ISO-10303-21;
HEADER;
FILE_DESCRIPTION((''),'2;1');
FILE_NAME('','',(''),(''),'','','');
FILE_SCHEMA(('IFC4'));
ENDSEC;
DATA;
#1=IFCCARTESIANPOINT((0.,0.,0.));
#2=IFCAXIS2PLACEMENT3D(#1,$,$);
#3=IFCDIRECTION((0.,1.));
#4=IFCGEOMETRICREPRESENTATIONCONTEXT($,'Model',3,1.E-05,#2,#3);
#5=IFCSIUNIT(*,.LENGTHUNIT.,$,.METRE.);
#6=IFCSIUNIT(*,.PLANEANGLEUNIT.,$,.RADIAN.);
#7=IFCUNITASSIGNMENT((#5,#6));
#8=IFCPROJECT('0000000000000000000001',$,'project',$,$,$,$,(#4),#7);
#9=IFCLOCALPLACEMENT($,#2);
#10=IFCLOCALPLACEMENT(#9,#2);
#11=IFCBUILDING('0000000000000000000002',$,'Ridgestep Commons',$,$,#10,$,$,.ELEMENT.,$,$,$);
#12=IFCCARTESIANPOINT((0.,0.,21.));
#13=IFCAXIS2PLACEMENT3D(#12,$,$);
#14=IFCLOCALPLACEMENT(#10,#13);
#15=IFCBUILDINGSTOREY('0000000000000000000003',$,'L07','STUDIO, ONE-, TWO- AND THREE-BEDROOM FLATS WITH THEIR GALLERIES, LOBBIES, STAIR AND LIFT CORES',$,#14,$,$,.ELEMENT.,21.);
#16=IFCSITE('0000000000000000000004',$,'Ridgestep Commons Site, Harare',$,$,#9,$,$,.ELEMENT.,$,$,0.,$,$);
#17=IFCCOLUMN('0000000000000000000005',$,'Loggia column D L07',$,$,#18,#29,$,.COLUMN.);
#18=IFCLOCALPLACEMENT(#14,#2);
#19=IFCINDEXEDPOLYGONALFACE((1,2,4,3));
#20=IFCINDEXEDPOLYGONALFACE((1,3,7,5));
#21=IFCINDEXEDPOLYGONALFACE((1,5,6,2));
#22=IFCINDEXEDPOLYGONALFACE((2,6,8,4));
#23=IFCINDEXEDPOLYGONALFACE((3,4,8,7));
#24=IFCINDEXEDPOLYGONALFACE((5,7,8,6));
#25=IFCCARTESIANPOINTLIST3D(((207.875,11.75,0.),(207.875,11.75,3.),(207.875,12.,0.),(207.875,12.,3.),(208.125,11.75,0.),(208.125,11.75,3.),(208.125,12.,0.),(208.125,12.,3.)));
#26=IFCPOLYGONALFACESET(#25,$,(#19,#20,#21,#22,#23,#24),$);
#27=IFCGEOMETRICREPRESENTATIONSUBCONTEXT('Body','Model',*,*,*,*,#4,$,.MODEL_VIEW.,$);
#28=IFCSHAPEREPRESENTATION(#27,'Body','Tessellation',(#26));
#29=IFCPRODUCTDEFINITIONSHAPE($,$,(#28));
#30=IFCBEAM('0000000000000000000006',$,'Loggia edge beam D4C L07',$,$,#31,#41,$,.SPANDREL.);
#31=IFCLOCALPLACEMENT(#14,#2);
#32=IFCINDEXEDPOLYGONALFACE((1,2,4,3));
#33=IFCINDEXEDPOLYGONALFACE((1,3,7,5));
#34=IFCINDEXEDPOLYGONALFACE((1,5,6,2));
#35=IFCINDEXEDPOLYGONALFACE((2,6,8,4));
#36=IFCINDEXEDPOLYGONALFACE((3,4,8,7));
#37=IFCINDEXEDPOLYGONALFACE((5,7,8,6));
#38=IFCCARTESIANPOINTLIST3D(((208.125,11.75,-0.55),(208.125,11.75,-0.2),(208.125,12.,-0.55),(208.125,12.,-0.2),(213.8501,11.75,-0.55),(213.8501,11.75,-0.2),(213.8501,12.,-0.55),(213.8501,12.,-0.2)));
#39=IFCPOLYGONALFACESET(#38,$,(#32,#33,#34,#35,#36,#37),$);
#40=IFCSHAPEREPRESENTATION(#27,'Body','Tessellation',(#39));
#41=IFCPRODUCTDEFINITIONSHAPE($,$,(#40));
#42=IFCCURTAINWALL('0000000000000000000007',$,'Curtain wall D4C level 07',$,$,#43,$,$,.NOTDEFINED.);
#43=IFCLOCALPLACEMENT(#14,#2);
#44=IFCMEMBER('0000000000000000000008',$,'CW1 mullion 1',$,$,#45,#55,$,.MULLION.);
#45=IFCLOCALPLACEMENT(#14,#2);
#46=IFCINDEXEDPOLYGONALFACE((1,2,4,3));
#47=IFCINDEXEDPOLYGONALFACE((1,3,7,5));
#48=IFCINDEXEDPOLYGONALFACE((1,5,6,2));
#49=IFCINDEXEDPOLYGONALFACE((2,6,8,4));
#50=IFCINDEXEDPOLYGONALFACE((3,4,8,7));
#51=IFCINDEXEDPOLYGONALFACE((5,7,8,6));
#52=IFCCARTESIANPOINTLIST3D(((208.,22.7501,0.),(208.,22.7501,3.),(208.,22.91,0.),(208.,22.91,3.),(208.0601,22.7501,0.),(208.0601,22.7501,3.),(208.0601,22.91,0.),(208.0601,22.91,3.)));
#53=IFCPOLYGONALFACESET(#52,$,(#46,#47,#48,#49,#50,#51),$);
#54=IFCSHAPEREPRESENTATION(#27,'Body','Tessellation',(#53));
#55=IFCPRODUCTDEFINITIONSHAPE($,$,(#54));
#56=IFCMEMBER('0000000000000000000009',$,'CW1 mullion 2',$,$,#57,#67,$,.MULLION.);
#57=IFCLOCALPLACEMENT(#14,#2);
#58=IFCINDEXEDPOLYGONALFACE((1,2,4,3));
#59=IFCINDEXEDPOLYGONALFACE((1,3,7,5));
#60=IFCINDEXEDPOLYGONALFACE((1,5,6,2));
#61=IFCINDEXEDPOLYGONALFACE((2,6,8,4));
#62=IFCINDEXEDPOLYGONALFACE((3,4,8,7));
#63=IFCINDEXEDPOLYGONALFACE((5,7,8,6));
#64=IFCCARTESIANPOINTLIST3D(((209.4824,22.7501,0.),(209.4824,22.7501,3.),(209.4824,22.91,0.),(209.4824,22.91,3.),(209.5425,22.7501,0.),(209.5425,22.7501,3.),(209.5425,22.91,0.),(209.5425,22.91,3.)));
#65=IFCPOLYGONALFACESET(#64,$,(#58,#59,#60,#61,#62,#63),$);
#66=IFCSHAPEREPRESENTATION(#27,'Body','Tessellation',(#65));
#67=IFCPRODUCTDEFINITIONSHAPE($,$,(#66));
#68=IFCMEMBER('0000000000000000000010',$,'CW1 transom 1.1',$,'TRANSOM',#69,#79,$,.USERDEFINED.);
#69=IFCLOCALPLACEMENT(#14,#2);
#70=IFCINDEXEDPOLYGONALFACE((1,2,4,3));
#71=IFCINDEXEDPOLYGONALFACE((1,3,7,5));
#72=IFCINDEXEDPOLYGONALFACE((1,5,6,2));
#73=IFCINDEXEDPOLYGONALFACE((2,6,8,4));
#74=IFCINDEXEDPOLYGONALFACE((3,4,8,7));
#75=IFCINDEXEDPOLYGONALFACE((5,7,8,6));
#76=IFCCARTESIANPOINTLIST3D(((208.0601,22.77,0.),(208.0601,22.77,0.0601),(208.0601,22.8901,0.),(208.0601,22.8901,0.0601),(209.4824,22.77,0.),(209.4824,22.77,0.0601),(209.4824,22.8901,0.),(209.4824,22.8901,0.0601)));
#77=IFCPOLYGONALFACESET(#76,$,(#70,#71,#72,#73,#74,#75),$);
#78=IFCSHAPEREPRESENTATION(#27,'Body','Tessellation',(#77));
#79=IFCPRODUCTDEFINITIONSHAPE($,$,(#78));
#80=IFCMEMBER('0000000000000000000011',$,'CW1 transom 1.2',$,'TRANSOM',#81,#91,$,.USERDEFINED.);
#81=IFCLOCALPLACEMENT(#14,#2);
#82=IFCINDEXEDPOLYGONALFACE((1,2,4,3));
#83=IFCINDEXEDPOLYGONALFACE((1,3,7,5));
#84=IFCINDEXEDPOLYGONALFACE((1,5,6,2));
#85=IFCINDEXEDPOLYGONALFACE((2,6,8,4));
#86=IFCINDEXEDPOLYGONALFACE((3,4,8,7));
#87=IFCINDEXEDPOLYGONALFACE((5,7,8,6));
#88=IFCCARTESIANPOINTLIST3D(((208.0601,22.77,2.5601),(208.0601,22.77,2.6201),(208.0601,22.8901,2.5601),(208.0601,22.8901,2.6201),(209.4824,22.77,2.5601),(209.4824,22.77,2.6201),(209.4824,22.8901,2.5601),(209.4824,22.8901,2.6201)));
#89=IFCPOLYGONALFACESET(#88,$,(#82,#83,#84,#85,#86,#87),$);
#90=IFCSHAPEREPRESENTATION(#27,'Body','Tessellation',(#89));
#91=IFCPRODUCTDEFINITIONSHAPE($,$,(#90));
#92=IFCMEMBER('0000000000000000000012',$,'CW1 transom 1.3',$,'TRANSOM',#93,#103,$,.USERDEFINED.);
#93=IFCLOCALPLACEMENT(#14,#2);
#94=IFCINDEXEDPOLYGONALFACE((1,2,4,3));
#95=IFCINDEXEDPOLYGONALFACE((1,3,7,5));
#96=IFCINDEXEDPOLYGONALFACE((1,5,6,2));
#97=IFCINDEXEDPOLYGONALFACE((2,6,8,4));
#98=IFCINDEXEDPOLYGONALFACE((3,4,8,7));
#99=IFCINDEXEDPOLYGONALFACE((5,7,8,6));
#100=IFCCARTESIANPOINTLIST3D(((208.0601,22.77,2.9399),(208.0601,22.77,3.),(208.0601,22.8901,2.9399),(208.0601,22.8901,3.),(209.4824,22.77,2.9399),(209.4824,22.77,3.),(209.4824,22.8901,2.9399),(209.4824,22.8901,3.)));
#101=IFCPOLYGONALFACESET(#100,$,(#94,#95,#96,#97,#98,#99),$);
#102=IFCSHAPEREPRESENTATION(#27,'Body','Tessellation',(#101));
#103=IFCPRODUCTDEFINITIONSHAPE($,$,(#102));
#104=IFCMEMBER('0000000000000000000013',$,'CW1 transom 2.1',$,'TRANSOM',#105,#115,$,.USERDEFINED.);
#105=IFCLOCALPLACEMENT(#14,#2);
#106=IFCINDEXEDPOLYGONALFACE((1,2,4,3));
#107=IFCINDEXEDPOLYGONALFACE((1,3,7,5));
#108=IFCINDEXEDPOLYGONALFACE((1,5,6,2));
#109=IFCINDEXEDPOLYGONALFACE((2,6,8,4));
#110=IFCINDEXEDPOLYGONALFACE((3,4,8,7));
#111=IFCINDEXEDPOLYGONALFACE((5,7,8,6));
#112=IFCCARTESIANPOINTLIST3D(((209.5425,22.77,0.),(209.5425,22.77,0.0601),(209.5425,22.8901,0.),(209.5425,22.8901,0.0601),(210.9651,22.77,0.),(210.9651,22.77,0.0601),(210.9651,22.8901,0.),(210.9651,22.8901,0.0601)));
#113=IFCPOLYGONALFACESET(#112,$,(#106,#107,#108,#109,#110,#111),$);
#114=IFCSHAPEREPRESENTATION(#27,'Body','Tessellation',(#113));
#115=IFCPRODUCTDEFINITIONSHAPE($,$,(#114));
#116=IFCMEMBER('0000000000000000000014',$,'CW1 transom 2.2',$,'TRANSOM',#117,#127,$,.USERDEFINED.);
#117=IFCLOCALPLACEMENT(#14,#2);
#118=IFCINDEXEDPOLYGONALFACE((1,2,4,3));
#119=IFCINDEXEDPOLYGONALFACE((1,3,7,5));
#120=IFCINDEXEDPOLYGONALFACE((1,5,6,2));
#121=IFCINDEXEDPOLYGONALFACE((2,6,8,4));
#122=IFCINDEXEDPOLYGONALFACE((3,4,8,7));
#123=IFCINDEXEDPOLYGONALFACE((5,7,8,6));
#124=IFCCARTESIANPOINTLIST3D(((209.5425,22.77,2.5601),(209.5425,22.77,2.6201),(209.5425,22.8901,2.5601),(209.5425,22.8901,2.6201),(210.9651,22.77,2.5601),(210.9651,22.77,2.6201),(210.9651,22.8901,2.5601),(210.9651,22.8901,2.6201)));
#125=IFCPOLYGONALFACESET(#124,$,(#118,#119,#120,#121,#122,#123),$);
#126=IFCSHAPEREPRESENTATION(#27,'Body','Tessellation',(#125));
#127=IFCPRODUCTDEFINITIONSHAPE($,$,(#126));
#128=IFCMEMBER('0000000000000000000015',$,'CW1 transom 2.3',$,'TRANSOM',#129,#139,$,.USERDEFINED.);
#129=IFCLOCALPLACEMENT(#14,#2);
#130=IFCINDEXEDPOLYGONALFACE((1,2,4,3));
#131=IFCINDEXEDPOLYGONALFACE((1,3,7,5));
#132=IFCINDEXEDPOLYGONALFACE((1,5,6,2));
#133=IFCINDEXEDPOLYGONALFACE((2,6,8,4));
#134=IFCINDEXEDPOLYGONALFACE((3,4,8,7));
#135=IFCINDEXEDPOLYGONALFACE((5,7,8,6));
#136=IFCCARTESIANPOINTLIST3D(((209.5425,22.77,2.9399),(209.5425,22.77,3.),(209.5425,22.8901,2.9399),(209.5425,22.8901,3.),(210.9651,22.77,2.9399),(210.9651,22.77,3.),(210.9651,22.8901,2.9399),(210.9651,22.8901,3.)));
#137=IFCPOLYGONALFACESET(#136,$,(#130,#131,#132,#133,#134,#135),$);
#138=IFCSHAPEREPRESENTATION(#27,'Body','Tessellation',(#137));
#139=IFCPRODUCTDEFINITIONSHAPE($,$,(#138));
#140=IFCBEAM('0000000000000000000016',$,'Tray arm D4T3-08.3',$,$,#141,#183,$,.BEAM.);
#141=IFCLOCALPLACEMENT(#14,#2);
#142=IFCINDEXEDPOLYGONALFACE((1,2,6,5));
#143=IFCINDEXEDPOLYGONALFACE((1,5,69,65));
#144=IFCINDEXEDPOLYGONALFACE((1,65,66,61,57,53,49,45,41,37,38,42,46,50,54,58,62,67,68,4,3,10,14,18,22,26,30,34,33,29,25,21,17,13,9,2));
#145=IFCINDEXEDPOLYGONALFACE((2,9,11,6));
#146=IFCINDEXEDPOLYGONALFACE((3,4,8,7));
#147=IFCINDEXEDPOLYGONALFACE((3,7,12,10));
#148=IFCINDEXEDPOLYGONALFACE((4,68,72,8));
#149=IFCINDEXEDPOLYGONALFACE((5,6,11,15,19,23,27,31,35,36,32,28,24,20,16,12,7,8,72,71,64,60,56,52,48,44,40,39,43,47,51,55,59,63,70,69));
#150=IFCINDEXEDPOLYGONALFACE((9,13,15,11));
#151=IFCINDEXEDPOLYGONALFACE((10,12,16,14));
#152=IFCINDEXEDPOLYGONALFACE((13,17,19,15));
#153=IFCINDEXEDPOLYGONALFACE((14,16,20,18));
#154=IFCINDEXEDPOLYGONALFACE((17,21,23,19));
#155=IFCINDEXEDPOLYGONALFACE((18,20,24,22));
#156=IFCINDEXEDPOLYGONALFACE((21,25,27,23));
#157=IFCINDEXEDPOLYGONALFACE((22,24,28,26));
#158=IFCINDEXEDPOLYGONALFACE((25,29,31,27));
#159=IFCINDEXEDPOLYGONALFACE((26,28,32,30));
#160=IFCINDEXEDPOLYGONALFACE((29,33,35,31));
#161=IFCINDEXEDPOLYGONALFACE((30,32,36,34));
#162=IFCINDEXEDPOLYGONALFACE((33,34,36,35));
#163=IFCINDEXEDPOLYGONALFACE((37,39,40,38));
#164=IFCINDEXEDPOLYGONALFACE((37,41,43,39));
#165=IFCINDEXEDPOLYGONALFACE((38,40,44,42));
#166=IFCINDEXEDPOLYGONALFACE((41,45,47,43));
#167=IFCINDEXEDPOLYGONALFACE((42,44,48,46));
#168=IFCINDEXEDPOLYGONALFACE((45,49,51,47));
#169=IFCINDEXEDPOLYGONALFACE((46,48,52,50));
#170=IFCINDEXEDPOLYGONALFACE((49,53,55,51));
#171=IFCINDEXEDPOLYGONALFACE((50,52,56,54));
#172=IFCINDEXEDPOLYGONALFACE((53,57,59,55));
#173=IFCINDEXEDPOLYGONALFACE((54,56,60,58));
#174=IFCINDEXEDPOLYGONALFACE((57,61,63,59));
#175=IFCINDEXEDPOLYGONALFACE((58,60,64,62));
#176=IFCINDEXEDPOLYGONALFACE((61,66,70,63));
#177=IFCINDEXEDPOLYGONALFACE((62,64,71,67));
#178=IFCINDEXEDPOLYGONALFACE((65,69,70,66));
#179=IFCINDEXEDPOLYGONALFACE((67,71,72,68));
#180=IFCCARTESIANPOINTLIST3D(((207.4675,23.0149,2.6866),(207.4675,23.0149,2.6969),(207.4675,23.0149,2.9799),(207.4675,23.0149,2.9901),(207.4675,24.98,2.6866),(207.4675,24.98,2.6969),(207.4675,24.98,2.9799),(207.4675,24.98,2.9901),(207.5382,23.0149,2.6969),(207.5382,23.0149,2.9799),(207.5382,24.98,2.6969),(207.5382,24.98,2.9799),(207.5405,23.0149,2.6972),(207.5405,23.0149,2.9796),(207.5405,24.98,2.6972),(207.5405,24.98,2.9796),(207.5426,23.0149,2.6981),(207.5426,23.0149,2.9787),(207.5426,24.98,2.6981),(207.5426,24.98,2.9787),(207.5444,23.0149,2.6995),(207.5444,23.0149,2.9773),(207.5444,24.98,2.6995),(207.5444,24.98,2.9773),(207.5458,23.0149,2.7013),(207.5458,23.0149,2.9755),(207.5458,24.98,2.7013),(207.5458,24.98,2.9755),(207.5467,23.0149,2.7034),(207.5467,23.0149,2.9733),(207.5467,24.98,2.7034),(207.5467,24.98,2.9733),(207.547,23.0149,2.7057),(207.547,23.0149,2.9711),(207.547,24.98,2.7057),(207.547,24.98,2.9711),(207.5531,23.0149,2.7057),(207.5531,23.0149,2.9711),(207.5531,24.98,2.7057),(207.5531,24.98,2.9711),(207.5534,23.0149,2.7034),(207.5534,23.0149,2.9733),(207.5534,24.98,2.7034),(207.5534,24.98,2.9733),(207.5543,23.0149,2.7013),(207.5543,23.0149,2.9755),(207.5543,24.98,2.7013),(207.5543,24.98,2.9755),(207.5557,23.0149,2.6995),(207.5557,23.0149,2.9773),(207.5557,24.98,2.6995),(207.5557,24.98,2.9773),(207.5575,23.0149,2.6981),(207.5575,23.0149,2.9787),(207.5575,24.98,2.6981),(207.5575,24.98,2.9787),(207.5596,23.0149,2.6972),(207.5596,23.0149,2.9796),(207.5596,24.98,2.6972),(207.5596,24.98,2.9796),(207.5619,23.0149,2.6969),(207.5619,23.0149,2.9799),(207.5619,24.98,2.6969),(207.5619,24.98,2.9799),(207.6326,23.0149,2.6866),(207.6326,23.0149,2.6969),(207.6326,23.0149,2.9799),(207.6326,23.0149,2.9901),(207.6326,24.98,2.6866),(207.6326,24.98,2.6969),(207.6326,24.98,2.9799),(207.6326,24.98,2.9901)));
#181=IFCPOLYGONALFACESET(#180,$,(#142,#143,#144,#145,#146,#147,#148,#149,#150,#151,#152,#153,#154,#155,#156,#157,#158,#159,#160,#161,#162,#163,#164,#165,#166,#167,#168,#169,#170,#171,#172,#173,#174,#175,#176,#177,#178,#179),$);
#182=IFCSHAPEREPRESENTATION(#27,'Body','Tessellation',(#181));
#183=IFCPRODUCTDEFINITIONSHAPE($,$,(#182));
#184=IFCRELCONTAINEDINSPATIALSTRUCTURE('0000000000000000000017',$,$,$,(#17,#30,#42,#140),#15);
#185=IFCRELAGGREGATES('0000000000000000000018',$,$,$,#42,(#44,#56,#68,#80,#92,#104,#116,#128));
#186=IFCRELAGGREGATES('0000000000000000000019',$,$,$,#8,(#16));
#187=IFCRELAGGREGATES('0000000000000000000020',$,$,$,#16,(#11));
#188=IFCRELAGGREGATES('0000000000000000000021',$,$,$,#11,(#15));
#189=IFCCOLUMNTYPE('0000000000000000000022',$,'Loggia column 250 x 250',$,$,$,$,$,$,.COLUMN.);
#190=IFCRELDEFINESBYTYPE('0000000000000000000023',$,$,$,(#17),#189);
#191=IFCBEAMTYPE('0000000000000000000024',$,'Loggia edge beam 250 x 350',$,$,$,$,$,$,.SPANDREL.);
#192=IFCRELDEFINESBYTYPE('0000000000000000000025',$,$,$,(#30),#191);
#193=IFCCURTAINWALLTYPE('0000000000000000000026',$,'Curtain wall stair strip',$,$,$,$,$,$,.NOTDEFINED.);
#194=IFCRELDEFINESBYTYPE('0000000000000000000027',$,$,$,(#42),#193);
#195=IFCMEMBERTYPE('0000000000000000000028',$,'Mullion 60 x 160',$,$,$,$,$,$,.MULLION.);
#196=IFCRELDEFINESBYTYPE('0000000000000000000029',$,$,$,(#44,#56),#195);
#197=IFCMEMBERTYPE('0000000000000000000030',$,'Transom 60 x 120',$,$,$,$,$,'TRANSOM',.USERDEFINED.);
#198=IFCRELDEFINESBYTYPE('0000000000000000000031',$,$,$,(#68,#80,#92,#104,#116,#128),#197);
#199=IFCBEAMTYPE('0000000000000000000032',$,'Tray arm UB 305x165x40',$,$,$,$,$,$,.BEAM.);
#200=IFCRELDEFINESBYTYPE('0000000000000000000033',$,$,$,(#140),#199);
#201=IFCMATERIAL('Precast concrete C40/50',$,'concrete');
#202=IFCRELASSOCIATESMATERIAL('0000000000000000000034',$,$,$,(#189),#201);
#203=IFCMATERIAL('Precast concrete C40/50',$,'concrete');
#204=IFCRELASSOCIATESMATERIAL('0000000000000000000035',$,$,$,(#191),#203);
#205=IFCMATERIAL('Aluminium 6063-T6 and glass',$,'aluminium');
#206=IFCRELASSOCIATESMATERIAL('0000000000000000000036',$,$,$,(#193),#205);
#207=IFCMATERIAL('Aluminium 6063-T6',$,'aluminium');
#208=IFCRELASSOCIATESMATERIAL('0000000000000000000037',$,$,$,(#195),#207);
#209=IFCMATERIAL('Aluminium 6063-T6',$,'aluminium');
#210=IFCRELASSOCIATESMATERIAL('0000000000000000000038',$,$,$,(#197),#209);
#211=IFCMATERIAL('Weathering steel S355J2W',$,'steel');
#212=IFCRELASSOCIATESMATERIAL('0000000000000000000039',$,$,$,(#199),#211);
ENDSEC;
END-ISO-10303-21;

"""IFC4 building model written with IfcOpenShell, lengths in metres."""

from ifc_helpers import new_model, si_unit, direction, frame, origin, origin_2d, place, context, subcontext, project, spatial, rectangle, i_section, extrude, material, material_profile, profile_set, type_object, element, aggregate, save


model = new_model("IFC4")

# Units and contexts
model_context = context("Model", 3, precision=1e-05, world=origin(), true_north=direction((0.0, 1.0)))
body_context = subcontext(model_context, "Body", "Model", "MODEL_VIEW")
ifc_project = project(units=[si_unit("LENGTHUNIT", "METRE"), si_unit("PLANEANGLEUNIT", "RADIAN")], contexts=[model_context])

# Site, building, storey
site_placement = place(None, origin())
site = spatial("IfcSite", under=ifc_project, at=site_placement, Name="Ridgestep Commons Site, Harare", CompositionType="ELEMENT", RefElevation=0.0)
building_placement = place(site_placement, origin())
building = spatial("IfcBuilding", under=site, at=building_placement, Name="Ridgestep Commons", CompositionType="ELEMENT")
storey_placement = place(building_placement, frame((0.0, 0.0, 21.0)))
storey = spatial("IfcBuildingStorey", under=building, at=storey_placement, Name="L07", Description="STUDIO, ONE-, TWO- AND THREE-BEDROOM FLATS WITH THEIR GALLERIES, LOBBIES, STAIR AND LIFT CORES", CompositionType="ELEMENT", Elevation=21.0)

# Column
ifc_material_1 = material(Name="Precast concrete C40/50", Category="concrete")
ifc_material_profile_1 = material_profile(ifc_material_1, rectangle(XDim=0.25, YDim=0.25, at=origin_2d()), Name="PC 250x250")
ifc_profile_set_1 = profile_set([ifc_material_profile_1], Name="Precast concrete C40/50")
column_type = type_object("IfcColumnType", Name="Loggia column 250 x 250", PredefinedType="COLUMN", material=ifc_profile_set_1)
column_placement = place(storey_placement, frame((208.0, 11.875, 0.0), z_axis=(0.0, 0.0, 1.0), x_axis=(1.0, 0.0, 0.0)))
element("IfcColumn", 1, at=column_placement, inside=storey, type_object=column_type, Name="Loggia column D L07", PredefinedType="COLUMN", context=body_context, shape_type="SweptSolid", body=[
    extrude(rectangle(XDim=0.25, YDim=0.25, at=origin_2d()), origin(), (0.0, 0.0, 1.0), 3.0),
])

# Beam
ifc_material_2 = material(Name="Precast concrete C40/50", Category="concrete")
ifc_material_profile_2 = material_profile(ifc_material_2, rectangle(XDim=0.25, YDim=0.3501, at=origin_2d()), Name="PC 250x350")
ifc_profile_set_2 = profile_set([ifc_material_profile_2], Name="Precast concrete C40/50")
beam_type_1 = type_object("IfcBeamType", Name="Loggia edge beam 250 x 350", PredefinedType="SPANDREL", material=ifc_profile_set_2)
beam_1_placement = place(storey_placement, frame((208.125, 11.875, -0.375), z_axis=(1.0, 0.0, 0.0), x_axis=(0.0, 1.0, 0.0)))
element("IfcBeam", 2, at=beam_1_placement, inside=storey, type_object=beam_type_1, Name="Loggia edge beam D4C L07", PredefinedType="SPANDREL", context=body_context, shape_type="SweptSolid", body=[
    extrude(rectangle(XDim=0.25, YDim=0.3501, at=origin_2d()), origin(), (0.0, 0.0, 1.0), 5.7251),
])

# Curtain wall, members
ifc_material_3 = material(Name="Aluminium 6063-T6 and glass", Category="aluminium")
curtain_wall_type = type_object("IfcCurtainWallType", Name="Curtain wall stair strip", PredefinedType="NOTDEFINED", material=ifc_material_3)
curtain_wall_placement = place(storey_placement, origin())
curtain_wall = element("IfcCurtainWall", 3, at=curtain_wall_placement, inside=storey, type_object=curtain_wall_type, Name="Curtain wall D4C level 07", PredefinedType="NOTDEFINED")
ifc_material_4 = material(Name="Aluminium 6063-T6", Category="aluminium")
ifc_material_profile_3 = material_profile(ifc_material_4, rectangle(XDim=0.1599, YDim=0.0601, at=origin_2d()), Name="Mullion 60 x 160")
ifc_profile_set_3 = profile_set([ifc_material_profile_3], Name="Aluminium 6063-T6")
member_type_1 = type_object("IfcMemberType", Name="Mullion 60 x 160", PredefinedType="MULLION", material=ifc_profile_set_3)
member_1_placement = place(storey_placement, frame((208.03, 22.8301, 0.0), z_axis=(0.0, 0.0, 1.0), x_axis=(0.0, 1.0, 0.0)))
member_1 = element("IfcMember", 4, at=member_1_placement, type_object=member_type_1, Name="CW1 mullion 1", PredefinedType="MULLION", context=body_context, shape_type="SweptSolid", body=[
    extrude(rectangle(XDim=0.1599, YDim=0.0601, at=origin_2d()), origin(), (0.0, 0.0, 1.0), 3.0),
])
member_2_placement = place(storey_placement, frame((209.5125, 22.8301, 0.0), z_axis=(0.0, 0.0, 1.0), x_axis=(0.0, 1.0, 0.0)))
member_2 = element("IfcMember", 5, at=member_2_placement, type_object=member_type_1, Name="CW1 mullion 2", PredefinedType="MULLION", context=body_context, shape_type="SweptSolid", body=[
    extrude(rectangle(XDim=0.1599, YDim=0.0601, at=origin_2d()), origin(), (0.0, 0.0, 1.0), 3.0),
])
ifc_material_5 = material(Name="Aluminium 6063-T6", Category="aluminium")
ifc_material_profile_4 = material_profile(ifc_material_5, rectangle(XDim=0.1201, YDim=0.0601, at=origin_2d()), Name="Transom 60 x 120")
ifc_profile_set_4 = profile_set([ifc_material_profile_4], Name="Aluminium 6063-T6")
member_type_2 = type_object("IfcMemberType", Name="Transom 60 x 120", ElementType="TRANSOM", PredefinedType="USERDEFINED", material=ifc_profile_set_4)
member_3_placement = place(storey_placement, frame((208.0601, 22.8301, 0.03), z_axis=(1.0, 0.0, 0.0), x_axis=(0.0, 1.0, 0.0)))
member_3 = element("IfcMember", 6, at=member_3_placement, type_object=member_type_2, Name="CW1 transom 1.1", ObjectType="TRANSOM", PredefinedType="USERDEFINED", context=body_context, shape_type="SweptSolid", body=[
    extrude(rectangle(XDim=0.1201, YDim=0.0601, at=origin_2d()), origin(), (0.0, 0.0, 1.0), 1.4224),
])
member_4_placement = place(storey_placement, frame((208.0601, 22.8301, 2.5901), z_axis=(1.0, 0.0, 0.0), x_axis=(0.0, 1.0, 0.0)))
member_4 = element("IfcMember", 7, at=member_4_placement, type_object=member_type_2, Name="CW1 transom 1.2", ObjectType="TRANSOM", PredefinedType="USERDEFINED", context=body_context, shape_type="SweptSolid", body=[
    extrude(rectangle(XDim=0.1201, YDim=0.0601, at=origin_2d()), origin(), (0.0, 0.0, 1.0), 1.4224),
])
member_5_placement = place(storey_placement, frame((208.0601, 22.8301, 2.97), z_axis=(1.0, 0.0, 0.0), x_axis=(0.0, 1.0, 0.0)))
member_5 = element("IfcMember", 8, at=member_5_placement, type_object=member_type_2, Name="CW1 transom 1.3", ObjectType="TRANSOM", PredefinedType="USERDEFINED", context=body_context, shape_type="SweptSolid", body=[
    extrude(rectangle(XDim=0.1201, YDim=0.0601, at=origin_2d()), origin(), (0.0, 0.0, 1.0), 1.4224),
])
member_6_placement = place(storey_placement, frame((209.5425, 22.8301, 0.03), z_axis=(1.0, 0.0, 0.0), x_axis=(0.0, 1.0, 0.0)))
member_6 = element("IfcMember", 9, at=member_6_placement, type_object=member_type_2, Name="CW1 transom 2.1", ObjectType="TRANSOM", PredefinedType="USERDEFINED", context=body_context, shape_type="SweptSolid", body=[
    extrude(rectangle(XDim=0.1201, YDim=0.0601, at=origin_2d()), origin(), (0.0, 0.0, 1.0), 1.4226),
])
member_7_placement = place(storey_placement, frame((209.5425, 22.8301, 2.5901), z_axis=(1.0, 0.0, 0.0), x_axis=(0.0, 1.0, 0.0)))
member_7 = element("IfcMember", 10, at=member_7_placement, type_object=member_type_2, Name="CW1 transom 2.2", ObjectType="TRANSOM", PredefinedType="USERDEFINED", context=body_context, shape_type="SweptSolid", body=[
    extrude(rectangle(XDim=0.1201, YDim=0.0601, at=origin_2d()), origin(), (0.0, 0.0, 1.0), 1.4226),
])
member_8_placement = place(storey_placement, frame((209.5425, 22.8301, 2.97), z_axis=(1.0, 0.0, 0.0), x_axis=(0.0, 1.0, 0.0)))
member_8 = element("IfcMember", 11, at=member_8_placement, type_object=member_type_2, Name="CW1 transom 2.3", ObjectType="TRANSOM", PredefinedType="USERDEFINED", context=body_context, shape_type="SweptSolid", body=[
    extrude(rectangle(XDim=0.1201, YDim=0.0601, at=origin_2d()), origin(), (0.0, 0.0, 1.0), 1.4226),
])

# Beam
ifc_material_6 = material(Name="Weathering steel S355J2W", Category="steel")
ifc_material_profile_5 = material_profile(ifc_material_6, i_section(OverallWidth=0.165, OverallDepth=0.3035, WebThickness=0.0061, FlangeThickness=0.0103, FilletRadius=0.0088, at=origin_2d()), Name="UB 305x165x40")
ifc_profile_set_5 = profile_set([ifc_material_profile_5], Name="Weathering steel S355J2W")
beam_type_2 = type_object("IfcBeamType", Name="Tray arm UB 305x165x40", PredefinedType="BEAM", material=ifc_profile_set_5)
beam_2_placement = place(storey_placement, frame((207.55, 23.0149, 2.8384), z_axis=(0.0, 1.0, 0.0), x_axis=(-1.0, 0.0, 0.0)))
element("IfcBeam", 12, at=beam_2_placement, inside=storey, type_object=beam_type_2, Name="Tray arm D4T3-08.3", PredefinedType="BEAM", context=body_context, shape_type="SweptSolid", body=[
    extrude(i_section(OverallWidth=0.165, OverallDepth=0.3035, WebThickness=0.0061, FlangeThickness=0.0103, FilletRadius=0.0088, at=origin_2d()), origin(), (0.0, 0.0, 1.0), 1.9651),
])

aggregate(curtain_wall, [member_1, member_2, member_3, member_4, member_5, member_6, member_7, member_8])

save(model, "model.ifc")
